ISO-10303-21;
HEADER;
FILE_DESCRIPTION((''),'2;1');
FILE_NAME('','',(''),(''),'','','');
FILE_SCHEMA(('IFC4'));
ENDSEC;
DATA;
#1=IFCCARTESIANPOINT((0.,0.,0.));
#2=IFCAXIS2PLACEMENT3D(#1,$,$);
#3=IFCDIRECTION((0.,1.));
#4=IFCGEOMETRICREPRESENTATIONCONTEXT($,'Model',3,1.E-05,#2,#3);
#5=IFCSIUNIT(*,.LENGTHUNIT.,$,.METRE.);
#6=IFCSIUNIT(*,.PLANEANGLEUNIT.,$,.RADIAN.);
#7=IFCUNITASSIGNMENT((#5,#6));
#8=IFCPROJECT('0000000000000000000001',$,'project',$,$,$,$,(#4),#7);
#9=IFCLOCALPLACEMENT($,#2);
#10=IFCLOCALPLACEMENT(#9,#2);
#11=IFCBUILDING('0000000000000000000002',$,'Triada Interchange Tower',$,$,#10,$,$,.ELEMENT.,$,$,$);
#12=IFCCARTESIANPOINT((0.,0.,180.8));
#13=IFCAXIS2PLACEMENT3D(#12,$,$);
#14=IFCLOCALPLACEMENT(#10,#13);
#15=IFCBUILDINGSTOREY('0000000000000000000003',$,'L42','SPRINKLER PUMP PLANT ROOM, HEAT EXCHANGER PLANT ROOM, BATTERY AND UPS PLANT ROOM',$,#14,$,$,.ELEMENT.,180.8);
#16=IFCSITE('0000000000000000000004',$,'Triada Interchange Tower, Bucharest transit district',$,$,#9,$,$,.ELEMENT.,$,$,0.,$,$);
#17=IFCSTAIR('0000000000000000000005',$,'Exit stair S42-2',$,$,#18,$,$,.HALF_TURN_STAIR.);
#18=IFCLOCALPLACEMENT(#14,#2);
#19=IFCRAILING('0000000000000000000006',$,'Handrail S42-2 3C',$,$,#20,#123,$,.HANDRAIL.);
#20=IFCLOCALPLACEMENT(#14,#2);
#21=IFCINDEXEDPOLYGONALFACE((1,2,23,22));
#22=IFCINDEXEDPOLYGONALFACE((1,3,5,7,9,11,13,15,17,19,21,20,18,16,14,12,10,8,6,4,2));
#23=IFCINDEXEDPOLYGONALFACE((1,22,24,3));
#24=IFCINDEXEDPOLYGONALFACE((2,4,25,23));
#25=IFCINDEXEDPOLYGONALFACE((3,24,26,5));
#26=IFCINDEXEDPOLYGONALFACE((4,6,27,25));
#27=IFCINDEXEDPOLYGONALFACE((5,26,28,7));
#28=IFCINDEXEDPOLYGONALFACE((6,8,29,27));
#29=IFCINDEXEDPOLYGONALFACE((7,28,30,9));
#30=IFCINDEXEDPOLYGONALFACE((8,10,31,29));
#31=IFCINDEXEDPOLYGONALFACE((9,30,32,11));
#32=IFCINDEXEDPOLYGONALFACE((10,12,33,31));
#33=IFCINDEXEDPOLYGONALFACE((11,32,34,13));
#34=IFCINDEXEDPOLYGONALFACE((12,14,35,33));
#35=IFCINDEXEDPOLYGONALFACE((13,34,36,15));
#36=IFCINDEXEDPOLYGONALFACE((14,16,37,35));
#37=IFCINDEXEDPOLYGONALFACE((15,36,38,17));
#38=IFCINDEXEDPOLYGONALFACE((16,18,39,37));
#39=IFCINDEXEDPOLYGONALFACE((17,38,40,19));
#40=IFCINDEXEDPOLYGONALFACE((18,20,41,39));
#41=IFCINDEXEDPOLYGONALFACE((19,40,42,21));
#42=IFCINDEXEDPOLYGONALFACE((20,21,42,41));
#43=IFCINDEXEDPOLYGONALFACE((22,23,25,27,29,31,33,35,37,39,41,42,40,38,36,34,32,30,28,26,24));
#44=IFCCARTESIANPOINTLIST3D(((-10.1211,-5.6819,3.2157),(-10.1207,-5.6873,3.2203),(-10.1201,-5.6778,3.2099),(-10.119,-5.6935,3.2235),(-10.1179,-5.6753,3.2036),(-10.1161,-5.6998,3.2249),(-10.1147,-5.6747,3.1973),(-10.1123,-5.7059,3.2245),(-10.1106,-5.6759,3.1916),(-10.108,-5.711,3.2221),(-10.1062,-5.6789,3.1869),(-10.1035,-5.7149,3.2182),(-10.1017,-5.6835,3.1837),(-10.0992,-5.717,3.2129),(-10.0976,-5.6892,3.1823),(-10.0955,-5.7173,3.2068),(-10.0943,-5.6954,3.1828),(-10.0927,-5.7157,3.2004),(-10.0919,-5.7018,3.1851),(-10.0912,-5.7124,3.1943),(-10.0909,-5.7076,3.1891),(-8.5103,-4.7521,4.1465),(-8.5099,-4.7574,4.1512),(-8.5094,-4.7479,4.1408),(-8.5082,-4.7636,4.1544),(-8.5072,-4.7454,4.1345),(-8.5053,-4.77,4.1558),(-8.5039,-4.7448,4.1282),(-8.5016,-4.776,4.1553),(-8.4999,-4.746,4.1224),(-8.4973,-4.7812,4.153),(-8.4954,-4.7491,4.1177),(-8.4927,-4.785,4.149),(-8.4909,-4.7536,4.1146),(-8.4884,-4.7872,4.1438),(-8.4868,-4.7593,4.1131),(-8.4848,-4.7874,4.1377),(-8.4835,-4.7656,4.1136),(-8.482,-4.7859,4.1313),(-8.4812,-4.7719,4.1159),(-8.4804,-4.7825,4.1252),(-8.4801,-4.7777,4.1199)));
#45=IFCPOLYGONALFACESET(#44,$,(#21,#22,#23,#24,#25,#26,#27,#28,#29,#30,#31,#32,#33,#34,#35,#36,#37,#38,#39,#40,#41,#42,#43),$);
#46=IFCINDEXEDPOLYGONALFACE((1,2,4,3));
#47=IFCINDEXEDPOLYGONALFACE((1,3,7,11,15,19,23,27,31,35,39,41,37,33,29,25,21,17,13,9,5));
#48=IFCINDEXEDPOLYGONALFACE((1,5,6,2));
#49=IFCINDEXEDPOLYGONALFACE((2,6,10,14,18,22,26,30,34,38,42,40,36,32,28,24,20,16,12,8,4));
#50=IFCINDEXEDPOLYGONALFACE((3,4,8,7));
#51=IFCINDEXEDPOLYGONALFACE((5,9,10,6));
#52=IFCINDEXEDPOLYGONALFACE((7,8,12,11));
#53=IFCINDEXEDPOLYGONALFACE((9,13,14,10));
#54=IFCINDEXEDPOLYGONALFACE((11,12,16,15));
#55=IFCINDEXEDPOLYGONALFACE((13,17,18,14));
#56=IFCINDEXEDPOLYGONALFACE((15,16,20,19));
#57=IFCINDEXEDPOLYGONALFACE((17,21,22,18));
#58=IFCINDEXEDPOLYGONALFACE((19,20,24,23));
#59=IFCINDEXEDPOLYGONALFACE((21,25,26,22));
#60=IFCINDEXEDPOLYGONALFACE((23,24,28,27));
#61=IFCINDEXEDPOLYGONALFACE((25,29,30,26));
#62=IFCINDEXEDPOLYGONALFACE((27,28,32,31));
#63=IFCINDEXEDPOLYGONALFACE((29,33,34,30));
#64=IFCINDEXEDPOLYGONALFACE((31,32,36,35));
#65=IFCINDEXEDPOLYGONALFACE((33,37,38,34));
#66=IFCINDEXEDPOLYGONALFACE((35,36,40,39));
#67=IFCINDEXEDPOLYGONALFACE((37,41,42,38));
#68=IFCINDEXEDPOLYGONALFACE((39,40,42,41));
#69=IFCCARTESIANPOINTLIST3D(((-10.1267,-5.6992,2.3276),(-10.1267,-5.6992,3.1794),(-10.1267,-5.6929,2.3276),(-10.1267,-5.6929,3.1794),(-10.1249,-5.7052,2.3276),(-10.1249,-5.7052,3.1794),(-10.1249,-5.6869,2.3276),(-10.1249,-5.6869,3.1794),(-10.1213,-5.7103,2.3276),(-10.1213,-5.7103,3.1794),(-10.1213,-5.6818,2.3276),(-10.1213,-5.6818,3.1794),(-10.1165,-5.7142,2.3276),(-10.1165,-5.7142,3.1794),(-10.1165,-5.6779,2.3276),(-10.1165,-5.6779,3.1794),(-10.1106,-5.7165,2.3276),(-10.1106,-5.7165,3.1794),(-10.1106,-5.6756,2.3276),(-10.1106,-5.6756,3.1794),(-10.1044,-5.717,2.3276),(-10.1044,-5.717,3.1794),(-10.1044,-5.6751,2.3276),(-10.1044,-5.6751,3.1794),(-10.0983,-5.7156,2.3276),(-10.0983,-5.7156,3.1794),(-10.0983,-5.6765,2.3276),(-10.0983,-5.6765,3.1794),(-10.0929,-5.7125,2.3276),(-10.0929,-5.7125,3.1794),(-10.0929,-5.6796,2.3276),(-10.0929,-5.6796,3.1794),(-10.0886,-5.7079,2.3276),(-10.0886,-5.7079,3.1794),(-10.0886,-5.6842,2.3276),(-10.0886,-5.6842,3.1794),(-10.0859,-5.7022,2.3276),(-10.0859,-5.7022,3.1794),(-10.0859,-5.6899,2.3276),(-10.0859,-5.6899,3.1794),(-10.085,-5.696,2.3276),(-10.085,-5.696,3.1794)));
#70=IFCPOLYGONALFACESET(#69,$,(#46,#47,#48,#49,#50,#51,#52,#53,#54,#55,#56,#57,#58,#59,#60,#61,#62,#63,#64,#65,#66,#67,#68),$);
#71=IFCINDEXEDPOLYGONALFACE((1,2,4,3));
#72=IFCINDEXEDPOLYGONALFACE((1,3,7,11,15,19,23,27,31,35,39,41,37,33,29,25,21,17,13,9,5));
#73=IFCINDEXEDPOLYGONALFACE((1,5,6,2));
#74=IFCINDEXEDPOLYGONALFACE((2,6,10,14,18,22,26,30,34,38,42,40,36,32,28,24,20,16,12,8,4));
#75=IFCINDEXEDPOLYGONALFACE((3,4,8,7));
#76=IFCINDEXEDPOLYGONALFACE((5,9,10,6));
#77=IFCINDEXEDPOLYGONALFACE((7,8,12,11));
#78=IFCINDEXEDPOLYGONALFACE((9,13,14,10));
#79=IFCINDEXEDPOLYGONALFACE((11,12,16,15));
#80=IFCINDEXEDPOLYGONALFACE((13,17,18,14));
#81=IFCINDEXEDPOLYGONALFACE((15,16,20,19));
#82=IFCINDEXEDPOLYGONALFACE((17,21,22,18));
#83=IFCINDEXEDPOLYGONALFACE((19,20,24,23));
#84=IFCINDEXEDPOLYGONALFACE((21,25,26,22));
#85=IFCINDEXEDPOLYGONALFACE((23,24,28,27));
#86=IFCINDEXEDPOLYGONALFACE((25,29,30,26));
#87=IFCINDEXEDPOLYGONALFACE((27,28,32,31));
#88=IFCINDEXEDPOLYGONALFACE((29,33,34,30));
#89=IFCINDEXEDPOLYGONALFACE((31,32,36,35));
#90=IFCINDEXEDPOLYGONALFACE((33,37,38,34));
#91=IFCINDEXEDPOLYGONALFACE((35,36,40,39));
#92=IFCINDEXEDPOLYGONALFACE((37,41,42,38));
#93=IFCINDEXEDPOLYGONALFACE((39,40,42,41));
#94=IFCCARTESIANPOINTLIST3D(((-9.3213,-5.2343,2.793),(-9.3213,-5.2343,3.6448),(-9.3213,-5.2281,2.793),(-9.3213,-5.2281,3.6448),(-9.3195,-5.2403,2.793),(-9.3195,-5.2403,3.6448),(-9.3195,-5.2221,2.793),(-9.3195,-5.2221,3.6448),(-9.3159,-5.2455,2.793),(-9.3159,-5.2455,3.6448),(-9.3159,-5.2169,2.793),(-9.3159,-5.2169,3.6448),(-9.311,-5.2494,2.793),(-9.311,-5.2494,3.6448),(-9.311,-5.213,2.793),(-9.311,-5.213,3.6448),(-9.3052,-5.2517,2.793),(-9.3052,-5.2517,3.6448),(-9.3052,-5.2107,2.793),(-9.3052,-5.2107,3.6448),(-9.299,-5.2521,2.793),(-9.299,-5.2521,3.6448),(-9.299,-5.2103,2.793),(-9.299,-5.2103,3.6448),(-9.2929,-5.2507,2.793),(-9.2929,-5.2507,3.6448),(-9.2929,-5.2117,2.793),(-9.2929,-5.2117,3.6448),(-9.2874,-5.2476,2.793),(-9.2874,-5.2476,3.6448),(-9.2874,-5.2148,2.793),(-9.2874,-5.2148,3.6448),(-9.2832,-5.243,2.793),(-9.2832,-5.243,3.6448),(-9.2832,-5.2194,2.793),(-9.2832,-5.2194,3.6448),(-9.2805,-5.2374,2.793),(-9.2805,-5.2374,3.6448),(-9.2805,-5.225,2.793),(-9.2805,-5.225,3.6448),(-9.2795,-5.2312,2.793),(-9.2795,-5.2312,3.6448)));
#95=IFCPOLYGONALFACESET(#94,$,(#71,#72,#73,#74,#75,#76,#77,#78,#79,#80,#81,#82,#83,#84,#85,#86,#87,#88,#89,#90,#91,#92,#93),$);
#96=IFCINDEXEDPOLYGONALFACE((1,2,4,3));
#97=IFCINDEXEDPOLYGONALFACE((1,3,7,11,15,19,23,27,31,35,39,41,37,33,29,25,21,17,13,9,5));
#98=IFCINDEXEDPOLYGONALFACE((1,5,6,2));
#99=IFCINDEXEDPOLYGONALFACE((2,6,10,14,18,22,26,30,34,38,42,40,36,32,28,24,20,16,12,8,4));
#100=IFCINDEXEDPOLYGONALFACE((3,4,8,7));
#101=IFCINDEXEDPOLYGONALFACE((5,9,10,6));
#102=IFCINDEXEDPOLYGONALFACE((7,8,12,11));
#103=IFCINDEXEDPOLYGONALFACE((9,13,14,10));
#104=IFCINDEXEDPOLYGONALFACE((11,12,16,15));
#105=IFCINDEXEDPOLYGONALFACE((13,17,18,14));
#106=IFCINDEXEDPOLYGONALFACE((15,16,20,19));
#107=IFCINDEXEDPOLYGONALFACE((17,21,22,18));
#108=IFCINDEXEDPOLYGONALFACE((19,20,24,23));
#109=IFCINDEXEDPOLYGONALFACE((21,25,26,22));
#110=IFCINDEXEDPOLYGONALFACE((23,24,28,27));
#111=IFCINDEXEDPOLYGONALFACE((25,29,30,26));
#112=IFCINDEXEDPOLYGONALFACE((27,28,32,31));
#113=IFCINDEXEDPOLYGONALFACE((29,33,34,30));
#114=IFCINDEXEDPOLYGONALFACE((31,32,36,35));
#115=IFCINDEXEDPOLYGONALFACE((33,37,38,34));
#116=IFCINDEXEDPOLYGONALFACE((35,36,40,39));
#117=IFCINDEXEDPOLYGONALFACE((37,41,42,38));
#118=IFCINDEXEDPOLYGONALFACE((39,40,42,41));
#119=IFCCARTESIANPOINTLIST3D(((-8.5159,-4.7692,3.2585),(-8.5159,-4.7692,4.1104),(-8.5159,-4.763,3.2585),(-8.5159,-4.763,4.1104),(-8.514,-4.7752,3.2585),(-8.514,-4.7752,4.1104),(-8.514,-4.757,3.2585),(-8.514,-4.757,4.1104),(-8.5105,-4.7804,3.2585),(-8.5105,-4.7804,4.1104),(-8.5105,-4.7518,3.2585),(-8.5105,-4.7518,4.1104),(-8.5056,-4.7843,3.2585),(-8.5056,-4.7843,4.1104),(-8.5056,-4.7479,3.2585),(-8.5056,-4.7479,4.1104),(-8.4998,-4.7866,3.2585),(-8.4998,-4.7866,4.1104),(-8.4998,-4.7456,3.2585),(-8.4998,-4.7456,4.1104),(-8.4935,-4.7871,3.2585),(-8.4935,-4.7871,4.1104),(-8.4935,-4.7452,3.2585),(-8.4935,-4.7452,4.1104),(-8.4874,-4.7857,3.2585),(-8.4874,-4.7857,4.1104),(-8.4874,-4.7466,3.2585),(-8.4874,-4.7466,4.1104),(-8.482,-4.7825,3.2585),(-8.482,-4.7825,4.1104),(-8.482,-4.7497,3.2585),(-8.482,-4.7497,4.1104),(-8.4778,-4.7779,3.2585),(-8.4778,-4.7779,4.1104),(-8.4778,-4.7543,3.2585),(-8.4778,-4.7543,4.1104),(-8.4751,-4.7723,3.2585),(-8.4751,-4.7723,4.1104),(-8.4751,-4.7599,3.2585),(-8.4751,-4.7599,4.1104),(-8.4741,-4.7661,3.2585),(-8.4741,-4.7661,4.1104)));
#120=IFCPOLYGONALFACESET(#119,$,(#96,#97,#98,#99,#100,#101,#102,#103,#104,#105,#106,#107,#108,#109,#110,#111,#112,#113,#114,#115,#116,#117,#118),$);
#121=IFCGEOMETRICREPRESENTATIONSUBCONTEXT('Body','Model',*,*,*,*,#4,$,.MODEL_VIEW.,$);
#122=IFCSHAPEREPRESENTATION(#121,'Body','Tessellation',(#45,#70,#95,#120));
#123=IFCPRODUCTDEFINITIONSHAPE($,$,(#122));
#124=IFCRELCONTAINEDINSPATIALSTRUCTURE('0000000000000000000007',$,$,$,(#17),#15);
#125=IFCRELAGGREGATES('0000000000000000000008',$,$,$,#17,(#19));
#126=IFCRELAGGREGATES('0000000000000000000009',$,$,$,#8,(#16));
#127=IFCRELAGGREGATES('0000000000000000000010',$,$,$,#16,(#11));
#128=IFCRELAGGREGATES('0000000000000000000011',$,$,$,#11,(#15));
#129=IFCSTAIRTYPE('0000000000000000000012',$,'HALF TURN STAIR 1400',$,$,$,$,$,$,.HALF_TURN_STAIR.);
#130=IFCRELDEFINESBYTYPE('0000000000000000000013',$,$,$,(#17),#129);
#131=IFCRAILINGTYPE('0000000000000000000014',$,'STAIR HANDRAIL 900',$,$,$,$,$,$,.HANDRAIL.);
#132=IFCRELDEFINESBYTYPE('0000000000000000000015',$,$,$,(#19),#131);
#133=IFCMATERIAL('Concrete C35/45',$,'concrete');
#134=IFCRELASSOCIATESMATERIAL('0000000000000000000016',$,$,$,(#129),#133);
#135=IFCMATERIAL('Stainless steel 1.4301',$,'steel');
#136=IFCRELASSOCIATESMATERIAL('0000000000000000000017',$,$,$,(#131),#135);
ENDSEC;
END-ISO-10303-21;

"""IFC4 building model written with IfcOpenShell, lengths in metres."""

from ifc_helpers import new_model, si_unit, direction, frame, origin, origin_2d, place, context, subcontext, project, spatial, circle, extrude, material, type_object, element, aggregate, save


model = new_model("IFC4")

# Units and contexts
model_context = context("Model", 3, precision=1e-05, world=origin(), true_north=direction((0.0, 1.0)))
body_context = subcontext(model_context, "Body", "Model", "MODEL_VIEW")
ifc_project = project(units=[si_unit("LENGTHUNIT", "METRE"), si_unit("PLANEANGLEUNIT", "RADIAN")], contexts=[model_context])

# Site, building, storey
site_placement = place(None, origin())
site = spatial("IfcSite", under=ifc_project, at=site_placement, Name="Triada Interchange Tower, Bucharest transit district", CompositionType="ELEMENT", RefElevation=0.0)
building_placement = place(site_placement, origin())
building = spatial("IfcBuilding", under=site, at=building_placement, Name="Triada Interchange Tower", CompositionType="ELEMENT")
storey_placement = place(building_placement, frame((0.0, 0.0, 180.8)))
storey = spatial("IfcBuildingStorey", under=building, at=storey_placement, Name="L42", Description="SPRINKLER PUMP PLANT ROOM, HEAT EXCHANGER PLANT ROOM, BATTERY AND UPS PLANT ROOM", CompositionType="ELEMENT", Elevation=180.8)

# Shared definitions
ifc_material_1 = material(Name="Concrete C35/45", Category="concrete")

# Stair, railing
stair_type = type_object("IfcStairType", Name="HALF TURN STAIR 1400", PredefinedType="HALF_TURN_STAIR", material=ifc_material_1)
stair_placement = place(storey_placement, origin())
stair = element("IfcStair", 1, at=stair_placement, inside=storey, type_object=stair_type, Name="Exit stair S42-2", PredefinedType="HALF_TURN_STAIR")
ifc_material_2 = material(Name="Stainless steel 1.4301", Category="steel")
railing_type_1 = type_object("IfcRailingType", Name="STAIR HANDRAIL 900", PredefinedType="HANDRAIL", material=ifc_material_2)
railing_1_placement = place(storey_placement, frame((-10.106, -5.696, 2.3276)))
railing_1 = element("IfcRailing", 2, at=railing_1_placement, type_object=railing_type_1, Name="Handrail S42-2 3C", PredefinedType="HANDRAIL", context=body_context, shape_type="SweptSolid", body=[
    extrude(circle(Radius=0.0239, at=origin_2d()), frame((0.0, 0.0, 0.876), z_axis=(0.774463, 0.447095, 0.447564), x_axis=(-0.499965, 0.866046, 0.0)), (0.0, 0.0, 1.0), 2.0798),
    extrude(circle(Radius=0.021, at=origin_2d()), origin(), (0.0, 0.0, 1.0), 0.8518),
    extrude(circle(Radius=0.021, at=origin_2d()), frame((0.8054, 0.4648, 0.4653)), (0.0, 0.0, 1.0), 0.8518),
    extrude(circle(Radius=0.021, at=origin_2d()), frame((1.6108, 0.9299, 0.9309)), (0.0, 0.0, 1.0), 0.8518),
])
aggregate(stair, [railing_1])

save(model, "model.ifc")
